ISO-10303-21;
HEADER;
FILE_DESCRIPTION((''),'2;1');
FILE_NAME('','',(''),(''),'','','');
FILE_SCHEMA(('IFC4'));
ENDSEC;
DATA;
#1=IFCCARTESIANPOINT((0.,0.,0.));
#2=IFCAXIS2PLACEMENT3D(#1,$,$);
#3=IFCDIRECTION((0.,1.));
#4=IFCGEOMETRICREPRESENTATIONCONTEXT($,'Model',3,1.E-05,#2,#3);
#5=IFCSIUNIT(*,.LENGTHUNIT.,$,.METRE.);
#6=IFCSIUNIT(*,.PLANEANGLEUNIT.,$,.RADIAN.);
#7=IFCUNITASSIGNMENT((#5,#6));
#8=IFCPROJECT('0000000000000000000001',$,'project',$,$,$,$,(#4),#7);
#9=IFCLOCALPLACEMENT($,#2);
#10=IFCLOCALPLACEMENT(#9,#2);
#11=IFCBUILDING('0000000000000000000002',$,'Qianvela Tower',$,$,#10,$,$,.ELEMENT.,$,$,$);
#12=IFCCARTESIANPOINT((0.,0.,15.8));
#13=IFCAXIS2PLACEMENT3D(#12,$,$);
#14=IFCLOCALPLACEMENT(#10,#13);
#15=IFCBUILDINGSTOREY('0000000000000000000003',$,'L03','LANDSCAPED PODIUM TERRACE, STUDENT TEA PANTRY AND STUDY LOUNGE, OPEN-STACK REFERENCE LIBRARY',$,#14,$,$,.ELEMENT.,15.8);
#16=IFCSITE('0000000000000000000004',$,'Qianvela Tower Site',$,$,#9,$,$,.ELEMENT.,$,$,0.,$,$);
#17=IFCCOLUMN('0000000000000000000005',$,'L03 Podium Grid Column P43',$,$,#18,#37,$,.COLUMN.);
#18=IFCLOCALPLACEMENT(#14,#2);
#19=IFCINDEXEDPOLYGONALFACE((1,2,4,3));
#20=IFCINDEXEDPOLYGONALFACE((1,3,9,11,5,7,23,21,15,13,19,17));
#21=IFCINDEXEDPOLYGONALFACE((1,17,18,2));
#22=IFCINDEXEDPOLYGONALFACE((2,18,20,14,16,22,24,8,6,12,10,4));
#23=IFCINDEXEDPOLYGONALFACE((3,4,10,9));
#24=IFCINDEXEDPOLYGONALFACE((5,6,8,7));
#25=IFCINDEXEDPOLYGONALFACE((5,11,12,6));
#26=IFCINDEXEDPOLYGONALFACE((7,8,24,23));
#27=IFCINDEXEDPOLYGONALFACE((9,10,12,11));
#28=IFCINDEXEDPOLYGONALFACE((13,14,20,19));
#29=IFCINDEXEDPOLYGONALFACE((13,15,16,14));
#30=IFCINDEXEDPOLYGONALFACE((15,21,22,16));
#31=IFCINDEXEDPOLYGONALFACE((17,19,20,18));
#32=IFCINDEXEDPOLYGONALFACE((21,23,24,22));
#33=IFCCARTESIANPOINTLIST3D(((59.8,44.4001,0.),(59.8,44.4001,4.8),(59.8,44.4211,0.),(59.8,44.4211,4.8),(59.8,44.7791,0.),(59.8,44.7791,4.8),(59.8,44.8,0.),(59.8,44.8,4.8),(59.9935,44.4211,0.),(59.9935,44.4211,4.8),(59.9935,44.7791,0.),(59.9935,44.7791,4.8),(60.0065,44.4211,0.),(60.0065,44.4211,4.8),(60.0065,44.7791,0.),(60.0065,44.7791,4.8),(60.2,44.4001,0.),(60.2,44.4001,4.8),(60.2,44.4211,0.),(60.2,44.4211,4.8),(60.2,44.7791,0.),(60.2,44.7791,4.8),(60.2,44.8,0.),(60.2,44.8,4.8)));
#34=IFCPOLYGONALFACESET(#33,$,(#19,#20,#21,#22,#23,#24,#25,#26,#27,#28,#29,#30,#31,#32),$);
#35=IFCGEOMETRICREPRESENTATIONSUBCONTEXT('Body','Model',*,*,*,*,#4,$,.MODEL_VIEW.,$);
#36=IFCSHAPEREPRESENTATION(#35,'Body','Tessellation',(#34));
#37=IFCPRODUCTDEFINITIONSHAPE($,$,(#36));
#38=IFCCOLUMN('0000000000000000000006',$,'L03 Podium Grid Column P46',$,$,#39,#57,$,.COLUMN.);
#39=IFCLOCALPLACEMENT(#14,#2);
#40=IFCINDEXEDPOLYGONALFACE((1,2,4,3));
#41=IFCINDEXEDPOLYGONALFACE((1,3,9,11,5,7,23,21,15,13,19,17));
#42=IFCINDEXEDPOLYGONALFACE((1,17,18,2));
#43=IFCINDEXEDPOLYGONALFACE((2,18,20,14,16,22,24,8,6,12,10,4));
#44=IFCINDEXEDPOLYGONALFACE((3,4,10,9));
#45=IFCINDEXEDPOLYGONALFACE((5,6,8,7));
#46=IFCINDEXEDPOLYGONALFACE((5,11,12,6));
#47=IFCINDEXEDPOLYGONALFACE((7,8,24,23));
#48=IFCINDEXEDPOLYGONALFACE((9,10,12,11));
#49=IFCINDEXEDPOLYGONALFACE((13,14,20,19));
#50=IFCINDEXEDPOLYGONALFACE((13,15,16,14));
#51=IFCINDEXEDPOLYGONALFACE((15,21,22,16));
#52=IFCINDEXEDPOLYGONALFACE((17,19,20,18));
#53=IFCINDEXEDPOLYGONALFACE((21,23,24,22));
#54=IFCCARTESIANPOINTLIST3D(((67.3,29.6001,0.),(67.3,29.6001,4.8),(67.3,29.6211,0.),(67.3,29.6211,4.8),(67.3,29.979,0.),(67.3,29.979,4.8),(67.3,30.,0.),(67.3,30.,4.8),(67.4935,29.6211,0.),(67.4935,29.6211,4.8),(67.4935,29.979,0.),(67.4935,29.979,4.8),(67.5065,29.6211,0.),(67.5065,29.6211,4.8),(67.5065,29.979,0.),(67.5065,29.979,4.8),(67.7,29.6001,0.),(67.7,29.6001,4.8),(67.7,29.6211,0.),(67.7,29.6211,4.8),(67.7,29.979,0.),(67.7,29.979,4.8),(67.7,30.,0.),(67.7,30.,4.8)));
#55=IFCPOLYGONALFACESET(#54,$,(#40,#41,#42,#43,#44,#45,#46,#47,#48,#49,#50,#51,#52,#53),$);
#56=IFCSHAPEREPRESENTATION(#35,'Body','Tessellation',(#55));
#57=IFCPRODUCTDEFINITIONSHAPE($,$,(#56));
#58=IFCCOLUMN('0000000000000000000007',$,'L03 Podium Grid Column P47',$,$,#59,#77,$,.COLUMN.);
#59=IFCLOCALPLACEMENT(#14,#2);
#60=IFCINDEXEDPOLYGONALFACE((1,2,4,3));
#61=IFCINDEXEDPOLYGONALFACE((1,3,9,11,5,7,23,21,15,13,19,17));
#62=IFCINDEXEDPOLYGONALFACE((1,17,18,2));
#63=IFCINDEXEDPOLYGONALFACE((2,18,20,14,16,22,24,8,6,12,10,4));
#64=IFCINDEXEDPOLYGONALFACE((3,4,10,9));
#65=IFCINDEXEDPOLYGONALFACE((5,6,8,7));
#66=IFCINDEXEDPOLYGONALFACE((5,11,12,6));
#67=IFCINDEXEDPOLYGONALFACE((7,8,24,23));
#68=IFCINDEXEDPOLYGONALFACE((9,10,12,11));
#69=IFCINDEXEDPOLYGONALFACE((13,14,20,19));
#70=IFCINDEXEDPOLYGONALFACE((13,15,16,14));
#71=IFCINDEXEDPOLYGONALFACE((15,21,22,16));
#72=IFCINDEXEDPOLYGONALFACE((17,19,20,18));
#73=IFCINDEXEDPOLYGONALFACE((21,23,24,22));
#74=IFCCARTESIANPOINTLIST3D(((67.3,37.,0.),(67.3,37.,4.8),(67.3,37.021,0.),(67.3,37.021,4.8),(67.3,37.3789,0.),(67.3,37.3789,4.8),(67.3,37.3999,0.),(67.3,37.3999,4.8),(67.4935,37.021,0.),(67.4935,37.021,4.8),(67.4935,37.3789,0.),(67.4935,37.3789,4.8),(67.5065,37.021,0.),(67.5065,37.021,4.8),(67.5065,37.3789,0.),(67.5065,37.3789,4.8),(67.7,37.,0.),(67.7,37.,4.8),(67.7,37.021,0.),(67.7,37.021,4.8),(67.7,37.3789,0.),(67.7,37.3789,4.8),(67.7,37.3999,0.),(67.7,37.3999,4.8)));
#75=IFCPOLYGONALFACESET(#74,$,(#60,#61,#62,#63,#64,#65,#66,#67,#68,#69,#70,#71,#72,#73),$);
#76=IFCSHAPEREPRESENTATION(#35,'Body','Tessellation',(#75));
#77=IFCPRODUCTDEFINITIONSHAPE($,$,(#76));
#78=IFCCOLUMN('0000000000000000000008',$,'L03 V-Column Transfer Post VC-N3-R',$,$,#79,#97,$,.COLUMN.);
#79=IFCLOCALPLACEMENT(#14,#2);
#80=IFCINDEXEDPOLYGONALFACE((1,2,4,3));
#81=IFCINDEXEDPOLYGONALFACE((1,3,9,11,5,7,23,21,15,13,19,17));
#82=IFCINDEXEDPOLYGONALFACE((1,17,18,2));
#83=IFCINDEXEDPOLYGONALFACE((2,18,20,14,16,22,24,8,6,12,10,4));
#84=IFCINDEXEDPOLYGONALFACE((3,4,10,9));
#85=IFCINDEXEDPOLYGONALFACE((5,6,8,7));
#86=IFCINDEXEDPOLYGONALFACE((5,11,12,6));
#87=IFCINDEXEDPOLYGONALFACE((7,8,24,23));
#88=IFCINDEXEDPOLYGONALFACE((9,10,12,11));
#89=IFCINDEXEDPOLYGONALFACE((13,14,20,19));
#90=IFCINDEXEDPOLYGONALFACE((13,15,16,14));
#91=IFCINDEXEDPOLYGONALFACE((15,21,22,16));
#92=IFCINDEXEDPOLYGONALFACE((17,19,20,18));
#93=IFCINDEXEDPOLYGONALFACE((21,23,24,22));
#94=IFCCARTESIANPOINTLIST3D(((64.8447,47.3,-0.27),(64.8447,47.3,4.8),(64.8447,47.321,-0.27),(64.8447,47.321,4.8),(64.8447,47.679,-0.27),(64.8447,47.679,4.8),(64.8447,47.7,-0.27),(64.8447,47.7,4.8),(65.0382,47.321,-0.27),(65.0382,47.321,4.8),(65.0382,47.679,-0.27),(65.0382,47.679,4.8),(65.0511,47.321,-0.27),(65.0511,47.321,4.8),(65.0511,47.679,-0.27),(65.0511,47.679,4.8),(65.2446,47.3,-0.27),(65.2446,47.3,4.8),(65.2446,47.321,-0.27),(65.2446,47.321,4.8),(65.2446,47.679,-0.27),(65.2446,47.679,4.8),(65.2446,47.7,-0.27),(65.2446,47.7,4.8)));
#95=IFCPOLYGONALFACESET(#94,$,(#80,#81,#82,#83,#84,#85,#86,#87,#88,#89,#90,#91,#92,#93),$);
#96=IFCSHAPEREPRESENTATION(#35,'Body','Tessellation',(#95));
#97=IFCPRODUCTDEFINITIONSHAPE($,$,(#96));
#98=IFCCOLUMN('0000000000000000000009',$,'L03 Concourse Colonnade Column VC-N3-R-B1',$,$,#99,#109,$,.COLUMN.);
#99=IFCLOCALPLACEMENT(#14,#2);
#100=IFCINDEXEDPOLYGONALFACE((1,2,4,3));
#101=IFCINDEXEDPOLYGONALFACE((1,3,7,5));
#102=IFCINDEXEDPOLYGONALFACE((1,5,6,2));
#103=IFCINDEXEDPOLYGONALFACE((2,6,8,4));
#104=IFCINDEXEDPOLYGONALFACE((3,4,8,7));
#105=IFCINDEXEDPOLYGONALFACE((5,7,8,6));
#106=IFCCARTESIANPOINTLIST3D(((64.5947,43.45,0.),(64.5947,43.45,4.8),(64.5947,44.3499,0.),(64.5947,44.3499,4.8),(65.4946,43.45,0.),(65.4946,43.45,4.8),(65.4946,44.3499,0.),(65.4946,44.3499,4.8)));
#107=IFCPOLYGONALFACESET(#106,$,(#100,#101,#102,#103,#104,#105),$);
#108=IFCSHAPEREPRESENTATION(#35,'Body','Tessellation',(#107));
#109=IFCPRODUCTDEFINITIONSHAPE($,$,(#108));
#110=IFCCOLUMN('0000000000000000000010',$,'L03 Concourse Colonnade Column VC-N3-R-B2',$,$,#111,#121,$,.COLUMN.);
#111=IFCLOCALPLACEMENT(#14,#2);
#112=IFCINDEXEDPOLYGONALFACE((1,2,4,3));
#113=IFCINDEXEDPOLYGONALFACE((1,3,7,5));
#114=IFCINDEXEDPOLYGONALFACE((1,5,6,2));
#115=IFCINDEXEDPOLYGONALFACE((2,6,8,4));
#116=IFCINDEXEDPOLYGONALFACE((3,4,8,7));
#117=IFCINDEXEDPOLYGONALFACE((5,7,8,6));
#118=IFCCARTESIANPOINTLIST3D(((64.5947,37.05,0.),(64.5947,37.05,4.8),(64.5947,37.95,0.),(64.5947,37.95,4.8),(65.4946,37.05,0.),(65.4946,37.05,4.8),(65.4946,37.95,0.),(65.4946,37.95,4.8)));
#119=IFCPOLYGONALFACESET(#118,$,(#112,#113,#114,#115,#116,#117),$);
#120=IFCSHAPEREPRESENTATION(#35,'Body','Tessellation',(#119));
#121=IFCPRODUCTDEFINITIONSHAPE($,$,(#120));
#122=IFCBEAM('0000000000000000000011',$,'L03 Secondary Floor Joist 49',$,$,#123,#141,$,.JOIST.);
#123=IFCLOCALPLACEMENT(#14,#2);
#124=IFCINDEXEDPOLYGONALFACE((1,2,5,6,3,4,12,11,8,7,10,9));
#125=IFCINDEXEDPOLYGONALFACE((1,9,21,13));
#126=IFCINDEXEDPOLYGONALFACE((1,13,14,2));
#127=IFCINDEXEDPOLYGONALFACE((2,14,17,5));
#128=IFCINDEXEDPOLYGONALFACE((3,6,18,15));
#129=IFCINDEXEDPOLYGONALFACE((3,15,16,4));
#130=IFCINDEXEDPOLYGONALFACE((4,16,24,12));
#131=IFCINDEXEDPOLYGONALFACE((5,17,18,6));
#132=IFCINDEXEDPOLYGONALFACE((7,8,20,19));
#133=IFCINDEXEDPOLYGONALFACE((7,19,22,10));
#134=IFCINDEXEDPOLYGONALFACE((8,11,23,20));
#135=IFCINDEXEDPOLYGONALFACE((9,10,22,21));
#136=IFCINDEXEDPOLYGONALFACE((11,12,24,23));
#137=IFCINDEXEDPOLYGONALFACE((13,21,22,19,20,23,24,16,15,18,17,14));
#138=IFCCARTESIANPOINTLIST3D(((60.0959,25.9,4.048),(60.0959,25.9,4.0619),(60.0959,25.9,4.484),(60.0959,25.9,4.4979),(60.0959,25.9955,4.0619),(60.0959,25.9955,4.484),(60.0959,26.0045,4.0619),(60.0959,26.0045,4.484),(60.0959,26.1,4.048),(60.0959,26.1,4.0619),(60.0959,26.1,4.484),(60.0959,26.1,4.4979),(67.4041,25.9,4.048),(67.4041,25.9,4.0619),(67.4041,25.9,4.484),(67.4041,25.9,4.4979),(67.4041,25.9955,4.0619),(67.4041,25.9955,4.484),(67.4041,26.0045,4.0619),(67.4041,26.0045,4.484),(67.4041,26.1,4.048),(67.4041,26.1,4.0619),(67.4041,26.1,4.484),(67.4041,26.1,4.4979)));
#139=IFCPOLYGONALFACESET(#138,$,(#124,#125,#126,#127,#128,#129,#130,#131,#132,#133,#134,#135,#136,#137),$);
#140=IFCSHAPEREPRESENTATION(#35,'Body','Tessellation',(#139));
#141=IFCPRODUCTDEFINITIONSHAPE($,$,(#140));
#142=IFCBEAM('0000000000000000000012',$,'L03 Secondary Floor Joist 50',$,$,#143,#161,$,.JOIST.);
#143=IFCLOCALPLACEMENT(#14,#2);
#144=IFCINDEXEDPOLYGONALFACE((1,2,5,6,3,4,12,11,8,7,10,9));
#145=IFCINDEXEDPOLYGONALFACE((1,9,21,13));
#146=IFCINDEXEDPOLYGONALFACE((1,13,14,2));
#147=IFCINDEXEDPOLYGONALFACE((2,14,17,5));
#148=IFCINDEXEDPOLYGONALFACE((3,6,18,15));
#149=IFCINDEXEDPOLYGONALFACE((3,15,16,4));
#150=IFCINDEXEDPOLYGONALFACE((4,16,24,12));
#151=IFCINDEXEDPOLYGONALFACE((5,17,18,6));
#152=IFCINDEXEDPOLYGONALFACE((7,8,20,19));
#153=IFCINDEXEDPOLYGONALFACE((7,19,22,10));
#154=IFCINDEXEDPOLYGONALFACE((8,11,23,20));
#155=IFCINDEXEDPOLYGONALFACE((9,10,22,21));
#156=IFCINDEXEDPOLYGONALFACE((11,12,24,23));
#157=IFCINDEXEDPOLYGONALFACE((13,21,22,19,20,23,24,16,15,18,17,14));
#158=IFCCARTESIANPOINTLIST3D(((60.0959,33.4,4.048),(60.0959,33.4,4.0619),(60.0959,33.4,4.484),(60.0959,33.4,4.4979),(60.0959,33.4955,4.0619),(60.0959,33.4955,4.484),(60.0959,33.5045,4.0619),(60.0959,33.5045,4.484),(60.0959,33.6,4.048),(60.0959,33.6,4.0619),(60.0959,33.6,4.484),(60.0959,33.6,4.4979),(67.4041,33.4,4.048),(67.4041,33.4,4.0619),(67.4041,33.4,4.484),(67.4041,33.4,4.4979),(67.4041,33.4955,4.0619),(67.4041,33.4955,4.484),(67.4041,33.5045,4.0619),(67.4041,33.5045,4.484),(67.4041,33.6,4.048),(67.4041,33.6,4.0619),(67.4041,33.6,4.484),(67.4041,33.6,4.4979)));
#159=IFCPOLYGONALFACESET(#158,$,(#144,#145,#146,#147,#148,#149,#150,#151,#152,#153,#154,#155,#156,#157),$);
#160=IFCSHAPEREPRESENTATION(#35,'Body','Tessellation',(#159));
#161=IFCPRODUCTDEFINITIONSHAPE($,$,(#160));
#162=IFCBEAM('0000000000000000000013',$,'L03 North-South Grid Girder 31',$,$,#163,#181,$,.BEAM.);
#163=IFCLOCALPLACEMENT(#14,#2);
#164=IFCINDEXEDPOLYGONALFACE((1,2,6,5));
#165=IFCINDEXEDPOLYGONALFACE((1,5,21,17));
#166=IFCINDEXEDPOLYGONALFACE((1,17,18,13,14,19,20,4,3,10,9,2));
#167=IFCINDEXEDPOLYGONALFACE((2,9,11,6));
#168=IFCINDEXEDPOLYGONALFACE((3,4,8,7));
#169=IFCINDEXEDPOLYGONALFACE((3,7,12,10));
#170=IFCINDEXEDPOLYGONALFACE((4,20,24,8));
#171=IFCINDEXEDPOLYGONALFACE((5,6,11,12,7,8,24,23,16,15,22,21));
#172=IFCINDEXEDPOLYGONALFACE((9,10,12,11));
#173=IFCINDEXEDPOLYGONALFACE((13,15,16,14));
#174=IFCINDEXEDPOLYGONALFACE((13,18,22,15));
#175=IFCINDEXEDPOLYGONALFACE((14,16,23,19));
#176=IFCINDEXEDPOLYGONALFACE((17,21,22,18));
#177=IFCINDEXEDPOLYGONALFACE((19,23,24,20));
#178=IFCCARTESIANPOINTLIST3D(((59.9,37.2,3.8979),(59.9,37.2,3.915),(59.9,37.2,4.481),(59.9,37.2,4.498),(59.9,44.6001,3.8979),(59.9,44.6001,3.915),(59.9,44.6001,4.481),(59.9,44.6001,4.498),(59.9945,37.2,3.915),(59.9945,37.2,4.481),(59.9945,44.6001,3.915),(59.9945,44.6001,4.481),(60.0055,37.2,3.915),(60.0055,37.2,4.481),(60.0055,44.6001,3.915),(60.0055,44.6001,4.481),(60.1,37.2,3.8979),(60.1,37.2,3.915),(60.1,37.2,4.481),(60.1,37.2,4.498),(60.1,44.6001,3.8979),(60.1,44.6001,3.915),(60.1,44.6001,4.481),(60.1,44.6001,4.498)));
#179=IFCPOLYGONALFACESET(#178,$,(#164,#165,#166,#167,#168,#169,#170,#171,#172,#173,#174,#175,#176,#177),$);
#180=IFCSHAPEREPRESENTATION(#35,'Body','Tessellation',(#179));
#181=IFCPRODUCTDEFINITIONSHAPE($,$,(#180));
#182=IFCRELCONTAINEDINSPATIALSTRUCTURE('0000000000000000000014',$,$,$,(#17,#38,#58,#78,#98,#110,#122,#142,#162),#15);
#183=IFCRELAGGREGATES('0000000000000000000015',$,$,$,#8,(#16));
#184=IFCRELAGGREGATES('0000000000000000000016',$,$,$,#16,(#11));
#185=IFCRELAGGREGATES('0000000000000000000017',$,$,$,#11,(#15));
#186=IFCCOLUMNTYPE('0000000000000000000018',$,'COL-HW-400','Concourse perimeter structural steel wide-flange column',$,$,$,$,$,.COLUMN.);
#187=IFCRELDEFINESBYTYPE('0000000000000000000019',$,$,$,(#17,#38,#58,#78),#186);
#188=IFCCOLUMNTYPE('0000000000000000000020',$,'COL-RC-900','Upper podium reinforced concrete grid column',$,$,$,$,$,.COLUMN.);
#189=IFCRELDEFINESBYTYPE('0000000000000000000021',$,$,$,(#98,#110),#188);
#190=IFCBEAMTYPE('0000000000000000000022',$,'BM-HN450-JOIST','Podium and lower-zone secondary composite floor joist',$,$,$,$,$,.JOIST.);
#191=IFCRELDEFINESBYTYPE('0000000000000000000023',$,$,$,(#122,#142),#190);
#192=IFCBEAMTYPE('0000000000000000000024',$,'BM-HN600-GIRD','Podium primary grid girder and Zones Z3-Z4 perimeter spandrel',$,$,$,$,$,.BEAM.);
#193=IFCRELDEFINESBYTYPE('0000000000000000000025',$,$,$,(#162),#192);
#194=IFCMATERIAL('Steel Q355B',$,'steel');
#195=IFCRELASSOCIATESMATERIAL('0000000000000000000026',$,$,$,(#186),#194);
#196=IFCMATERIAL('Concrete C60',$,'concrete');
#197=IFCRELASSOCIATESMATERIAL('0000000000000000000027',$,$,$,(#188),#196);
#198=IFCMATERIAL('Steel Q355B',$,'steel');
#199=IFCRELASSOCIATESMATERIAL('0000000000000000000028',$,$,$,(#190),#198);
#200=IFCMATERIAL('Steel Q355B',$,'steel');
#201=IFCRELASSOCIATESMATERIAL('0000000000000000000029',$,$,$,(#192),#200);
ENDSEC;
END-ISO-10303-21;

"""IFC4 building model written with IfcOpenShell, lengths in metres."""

from ifc_helpers import new_model, si_unit, direction, frame, origin, origin_2d, place, context, subcontext, project, spatial, rectangle, i_section, extrude, material, material_profile, profile_set, type_object, element, save


model = new_model("IFC4")

# Units and contexts
model_context = context("Model", 3, precision=1e-05, world=origin(), true_north=direction((0.0, 1.0)))
body_context = subcontext(model_context, "Body", "Model", "MODEL_VIEW")
ifc_project = project(units=[si_unit("LENGTHUNIT", "METRE"), si_unit("PLANEANGLEUNIT", "RADIAN")], contexts=[model_context])

# Site, building, storey
site_placement = place(None, origin())
site = spatial("IfcSite", under=ifc_project, at=site_placement, Name="Qianvela Tower Site", CompositionType="ELEMENT", RefElevation=0.0)
building_placement = place(site_placement, origin())
building = spatial("IfcBuilding", under=site, at=building_placement, Name="Qianvela Tower", CompositionType="ELEMENT")
storey_placement = place(building_placement, frame((0.0, 0.0, 15.8)))
storey = spatial("IfcBuildingStorey", under=building, at=storey_placement, Name="L03", Description="LANDSCAPED PODIUM TERRACE, STUDENT TEA PANTRY AND STUDY LOUNGE, OPEN-STACK REFERENCE LIBRARY", CompositionType="ELEMENT", Elevation=15.8)

# Columns
ifc_material_1 = material(Name="Steel Q355B", Category="steel")
ifc_material_profile_1 = material_profile(ifc_material_1, i_section(OverallWidth=0.3999, OverallDepth=0.3999, WebThickness=0.0129, FlangeThickness=0.021, at=origin_2d()), Name="HW400x400x13x21")
ifc_profile_set_1 = profile_set([ifc_material_profile_1], Name="Steel Q355B")
column_type_1 = type_object("IfcColumnType", Name="COL-HW-400", Description="Concourse perimeter structural steel wide-flange column", PredefinedType="COLUMN", material=ifc_profile_set_1)
for number, where, z_axis, x_axis, name in (
    (1, (60.0, 44.6001, 0.0), (0.0, 0.0, 1.0), (1.0, 0.0, 0.0), "L03 Podium Grid Column P43"),
    (2, (67.5, 29.8, 0.0), (0.0, 0.0, 1.0), (1.0, 0.0, 0.0), "L03 Podium Grid Column P46"),
    (3, (67.5, 37.2, 0.0), (0.0, 0.0, 1.0), (1.0, 0.0, 0.0), "L03 Podium Grid Column P47"),
):
    element("IfcColumn", number, at=place(storey_placement, frame(where, z_axis=z_axis, x_axis=x_axis)), inside=storey, type_object=column_type_1, Name=name, PredefinedType="COLUMN", context=body_context, shape_type="SweptSolid", body=[
        extrude(i_section(OverallWidth=0.3999, OverallDepth=0.3999, WebThickness=0.0129, FlangeThickness=0.021, at=origin_2d()), origin(), (0.0, 0.0, 1.0), 4.8),
    ])
column_placement = place(storey_placement, frame((65.0447, 47.5, -0.27), z_axis=(0.0, 0.0, 1.0), x_axis=(1.0, 0.0, 0.0)))
element("IfcColumn", 4, at=column_placement, inside=storey, type_object=column_type_1, Name="L03 V-Column Transfer Post VC-N3-R", PredefinedType="COLUMN", context=body_context, shape_type="SweptSolid", body=[
    extrude(i_section(OverallWidth=0.3999, OverallDepth=0.3999, WebThickness=0.0129, FlangeThickness=0.021, at=origin_2d()), origin(), (0.0, 0.0, 1.0), 5.0701),
])
ifc_material_2 = material(Name="Concrete C60", Category="concrete")
ifc_material_profile_2 = material_profile(ifc_material_2, rectangle(XDim=0.8999, YDim=0.8999, at=origin_2d()), Name="RC-COL-900x900")
ifc_profile_set_2 = profile_set([ifc_material_profile_2], Name="Concrete C60")
column_type_2 = type_object("IfcColumnType", Name="COL-RC-900", Description="Upper podium reinforced concrete grid column", PredefinedType="COLUMN", material=ifc_profile_set_2)
for number, where, z_axis, x_axis, name in (
    (5, (65.0447, 43.8999, 0.0), (0.0, 0.0, 1.0), (1.0, 0.0, 0.0), "L03 Concourse Colonnade Column VC-N3-R-B1"),
    (6, (65.0447, 37.5, 0.0), (0.0, 0.0, 1.0), (1.0, 0.0, 0.0), "L03 Concourse Colonnade Column VC-N3-R-B2"),
):
    element("IfcColumn", number, at=place(storey_placement, frame(where, z_axis=z_axis, x_axis=x_axis)), inside=storey, type_object=column_type_2, Name=name, PredefinedType="COLUMN", context=body_context, shape_type="SweptSolid", body=[
        extrude(rectangle(XDim=0.8999, YDim=0.8999, at=origin_2d()), origin(), (0.0, 0.0, 1.0), 4.8),
    ])

# Beams
ifc_material_3 = material(Name="Steel Q355B", Category="steel")
ifc_material_profile_3 = material_profile(ifc_material_3, i_section(OverallWidth=0.2, OverallDepth=0.45, WebThickness=0.009, FlangeThickness=0.0139, at=origin_2d()), Name="HN450x200x9x14")
ifc_profile_set_3 = profile_set([ifc_material_profile_3], Name="Steel Q355B")
beam_type_1 = type_object("IfcBeamType", Name="BM-HN450-JOIST", Description="Podium and lower-zone secondary composite floor joist", PredefinedType="JOIST", material=ifc_profile_set_3)
for number, where, z_axis, x_axis, name in (
    (7, (60.0959, 26.0, 4.2729), (1.0, 0.0, 0.0), (0.0, 1.0, 0.0), "L03 Secondary Floor Joist 49"),
    (8, (60.0959, 33.5, 4.2729), (1.0, 0.0, 0.0), (0.0, 1.0, 0.0), "L03 Secondary Floor Joist 50"),
):
    element("IfcBeam", number, at=place(storey_placement, frame(where, z_axis=z_axis, x_axis=x_axis)), inside=storey, type_object=beam_type_1, Name=name, PredefinedType="JOIST", context=body_context, shape_type="SweptSolid", body=[
        extrude(i_section(OverallWidth=0.2, OverallDepth=0.45, WebThickness=0.009, FlangeThickness=0.0139, at=origin_2d()), origin(), (0.0, 0.0, 1.0), 7.3081),
    ])
ifc_material_4 = material(Name="Steel Q355B", Category="steel")
ifc_material_profile_4 = material_profile(ifc_material_4, i_section(OverallWidth=0.2, OverallDepth=0.6001, WebThickness=0.011, FlangeThickness=0.0171, at=origin_2d()), Name="HN600x200x11x17")
ifc_profile_set_4 = profile_set([ifc_material_profile_4], Name="Steel Q355B")
beam_type_2 = type_object("IfcBeamType", Name="BM-HN600-GIRD", Description="Podium primary grid girder and Zones Z3-Z4 perimeter spandrel", PredefinedType="BEAM", material=ifc_profile_set_4)
beam_1_placement = place(storey_placement, frame((60.0, 37.2, 4.198), z_axis=(0.0, 1.0, 0.0), x_axis=(-1.0, 0.0, 0.0)))
element("IfcBeam", 9, at=beam_1_placement, inside=storey, type_object=beam_type_2, Name="L03 North-South Grid Girder 31", PredefinedType="BEAM", context=body_context, shape_type="SweptSolid", body=[
    extrude(i_section(OverallWidth=0.2, OverallDepth=0.6001, WebThickness=0.011, FlangeThickness=0.0171, at=origin_2d()), origin(), (0.0, 0.0, 1.0), 7.4001),
])

save(model, "model.ifc")
